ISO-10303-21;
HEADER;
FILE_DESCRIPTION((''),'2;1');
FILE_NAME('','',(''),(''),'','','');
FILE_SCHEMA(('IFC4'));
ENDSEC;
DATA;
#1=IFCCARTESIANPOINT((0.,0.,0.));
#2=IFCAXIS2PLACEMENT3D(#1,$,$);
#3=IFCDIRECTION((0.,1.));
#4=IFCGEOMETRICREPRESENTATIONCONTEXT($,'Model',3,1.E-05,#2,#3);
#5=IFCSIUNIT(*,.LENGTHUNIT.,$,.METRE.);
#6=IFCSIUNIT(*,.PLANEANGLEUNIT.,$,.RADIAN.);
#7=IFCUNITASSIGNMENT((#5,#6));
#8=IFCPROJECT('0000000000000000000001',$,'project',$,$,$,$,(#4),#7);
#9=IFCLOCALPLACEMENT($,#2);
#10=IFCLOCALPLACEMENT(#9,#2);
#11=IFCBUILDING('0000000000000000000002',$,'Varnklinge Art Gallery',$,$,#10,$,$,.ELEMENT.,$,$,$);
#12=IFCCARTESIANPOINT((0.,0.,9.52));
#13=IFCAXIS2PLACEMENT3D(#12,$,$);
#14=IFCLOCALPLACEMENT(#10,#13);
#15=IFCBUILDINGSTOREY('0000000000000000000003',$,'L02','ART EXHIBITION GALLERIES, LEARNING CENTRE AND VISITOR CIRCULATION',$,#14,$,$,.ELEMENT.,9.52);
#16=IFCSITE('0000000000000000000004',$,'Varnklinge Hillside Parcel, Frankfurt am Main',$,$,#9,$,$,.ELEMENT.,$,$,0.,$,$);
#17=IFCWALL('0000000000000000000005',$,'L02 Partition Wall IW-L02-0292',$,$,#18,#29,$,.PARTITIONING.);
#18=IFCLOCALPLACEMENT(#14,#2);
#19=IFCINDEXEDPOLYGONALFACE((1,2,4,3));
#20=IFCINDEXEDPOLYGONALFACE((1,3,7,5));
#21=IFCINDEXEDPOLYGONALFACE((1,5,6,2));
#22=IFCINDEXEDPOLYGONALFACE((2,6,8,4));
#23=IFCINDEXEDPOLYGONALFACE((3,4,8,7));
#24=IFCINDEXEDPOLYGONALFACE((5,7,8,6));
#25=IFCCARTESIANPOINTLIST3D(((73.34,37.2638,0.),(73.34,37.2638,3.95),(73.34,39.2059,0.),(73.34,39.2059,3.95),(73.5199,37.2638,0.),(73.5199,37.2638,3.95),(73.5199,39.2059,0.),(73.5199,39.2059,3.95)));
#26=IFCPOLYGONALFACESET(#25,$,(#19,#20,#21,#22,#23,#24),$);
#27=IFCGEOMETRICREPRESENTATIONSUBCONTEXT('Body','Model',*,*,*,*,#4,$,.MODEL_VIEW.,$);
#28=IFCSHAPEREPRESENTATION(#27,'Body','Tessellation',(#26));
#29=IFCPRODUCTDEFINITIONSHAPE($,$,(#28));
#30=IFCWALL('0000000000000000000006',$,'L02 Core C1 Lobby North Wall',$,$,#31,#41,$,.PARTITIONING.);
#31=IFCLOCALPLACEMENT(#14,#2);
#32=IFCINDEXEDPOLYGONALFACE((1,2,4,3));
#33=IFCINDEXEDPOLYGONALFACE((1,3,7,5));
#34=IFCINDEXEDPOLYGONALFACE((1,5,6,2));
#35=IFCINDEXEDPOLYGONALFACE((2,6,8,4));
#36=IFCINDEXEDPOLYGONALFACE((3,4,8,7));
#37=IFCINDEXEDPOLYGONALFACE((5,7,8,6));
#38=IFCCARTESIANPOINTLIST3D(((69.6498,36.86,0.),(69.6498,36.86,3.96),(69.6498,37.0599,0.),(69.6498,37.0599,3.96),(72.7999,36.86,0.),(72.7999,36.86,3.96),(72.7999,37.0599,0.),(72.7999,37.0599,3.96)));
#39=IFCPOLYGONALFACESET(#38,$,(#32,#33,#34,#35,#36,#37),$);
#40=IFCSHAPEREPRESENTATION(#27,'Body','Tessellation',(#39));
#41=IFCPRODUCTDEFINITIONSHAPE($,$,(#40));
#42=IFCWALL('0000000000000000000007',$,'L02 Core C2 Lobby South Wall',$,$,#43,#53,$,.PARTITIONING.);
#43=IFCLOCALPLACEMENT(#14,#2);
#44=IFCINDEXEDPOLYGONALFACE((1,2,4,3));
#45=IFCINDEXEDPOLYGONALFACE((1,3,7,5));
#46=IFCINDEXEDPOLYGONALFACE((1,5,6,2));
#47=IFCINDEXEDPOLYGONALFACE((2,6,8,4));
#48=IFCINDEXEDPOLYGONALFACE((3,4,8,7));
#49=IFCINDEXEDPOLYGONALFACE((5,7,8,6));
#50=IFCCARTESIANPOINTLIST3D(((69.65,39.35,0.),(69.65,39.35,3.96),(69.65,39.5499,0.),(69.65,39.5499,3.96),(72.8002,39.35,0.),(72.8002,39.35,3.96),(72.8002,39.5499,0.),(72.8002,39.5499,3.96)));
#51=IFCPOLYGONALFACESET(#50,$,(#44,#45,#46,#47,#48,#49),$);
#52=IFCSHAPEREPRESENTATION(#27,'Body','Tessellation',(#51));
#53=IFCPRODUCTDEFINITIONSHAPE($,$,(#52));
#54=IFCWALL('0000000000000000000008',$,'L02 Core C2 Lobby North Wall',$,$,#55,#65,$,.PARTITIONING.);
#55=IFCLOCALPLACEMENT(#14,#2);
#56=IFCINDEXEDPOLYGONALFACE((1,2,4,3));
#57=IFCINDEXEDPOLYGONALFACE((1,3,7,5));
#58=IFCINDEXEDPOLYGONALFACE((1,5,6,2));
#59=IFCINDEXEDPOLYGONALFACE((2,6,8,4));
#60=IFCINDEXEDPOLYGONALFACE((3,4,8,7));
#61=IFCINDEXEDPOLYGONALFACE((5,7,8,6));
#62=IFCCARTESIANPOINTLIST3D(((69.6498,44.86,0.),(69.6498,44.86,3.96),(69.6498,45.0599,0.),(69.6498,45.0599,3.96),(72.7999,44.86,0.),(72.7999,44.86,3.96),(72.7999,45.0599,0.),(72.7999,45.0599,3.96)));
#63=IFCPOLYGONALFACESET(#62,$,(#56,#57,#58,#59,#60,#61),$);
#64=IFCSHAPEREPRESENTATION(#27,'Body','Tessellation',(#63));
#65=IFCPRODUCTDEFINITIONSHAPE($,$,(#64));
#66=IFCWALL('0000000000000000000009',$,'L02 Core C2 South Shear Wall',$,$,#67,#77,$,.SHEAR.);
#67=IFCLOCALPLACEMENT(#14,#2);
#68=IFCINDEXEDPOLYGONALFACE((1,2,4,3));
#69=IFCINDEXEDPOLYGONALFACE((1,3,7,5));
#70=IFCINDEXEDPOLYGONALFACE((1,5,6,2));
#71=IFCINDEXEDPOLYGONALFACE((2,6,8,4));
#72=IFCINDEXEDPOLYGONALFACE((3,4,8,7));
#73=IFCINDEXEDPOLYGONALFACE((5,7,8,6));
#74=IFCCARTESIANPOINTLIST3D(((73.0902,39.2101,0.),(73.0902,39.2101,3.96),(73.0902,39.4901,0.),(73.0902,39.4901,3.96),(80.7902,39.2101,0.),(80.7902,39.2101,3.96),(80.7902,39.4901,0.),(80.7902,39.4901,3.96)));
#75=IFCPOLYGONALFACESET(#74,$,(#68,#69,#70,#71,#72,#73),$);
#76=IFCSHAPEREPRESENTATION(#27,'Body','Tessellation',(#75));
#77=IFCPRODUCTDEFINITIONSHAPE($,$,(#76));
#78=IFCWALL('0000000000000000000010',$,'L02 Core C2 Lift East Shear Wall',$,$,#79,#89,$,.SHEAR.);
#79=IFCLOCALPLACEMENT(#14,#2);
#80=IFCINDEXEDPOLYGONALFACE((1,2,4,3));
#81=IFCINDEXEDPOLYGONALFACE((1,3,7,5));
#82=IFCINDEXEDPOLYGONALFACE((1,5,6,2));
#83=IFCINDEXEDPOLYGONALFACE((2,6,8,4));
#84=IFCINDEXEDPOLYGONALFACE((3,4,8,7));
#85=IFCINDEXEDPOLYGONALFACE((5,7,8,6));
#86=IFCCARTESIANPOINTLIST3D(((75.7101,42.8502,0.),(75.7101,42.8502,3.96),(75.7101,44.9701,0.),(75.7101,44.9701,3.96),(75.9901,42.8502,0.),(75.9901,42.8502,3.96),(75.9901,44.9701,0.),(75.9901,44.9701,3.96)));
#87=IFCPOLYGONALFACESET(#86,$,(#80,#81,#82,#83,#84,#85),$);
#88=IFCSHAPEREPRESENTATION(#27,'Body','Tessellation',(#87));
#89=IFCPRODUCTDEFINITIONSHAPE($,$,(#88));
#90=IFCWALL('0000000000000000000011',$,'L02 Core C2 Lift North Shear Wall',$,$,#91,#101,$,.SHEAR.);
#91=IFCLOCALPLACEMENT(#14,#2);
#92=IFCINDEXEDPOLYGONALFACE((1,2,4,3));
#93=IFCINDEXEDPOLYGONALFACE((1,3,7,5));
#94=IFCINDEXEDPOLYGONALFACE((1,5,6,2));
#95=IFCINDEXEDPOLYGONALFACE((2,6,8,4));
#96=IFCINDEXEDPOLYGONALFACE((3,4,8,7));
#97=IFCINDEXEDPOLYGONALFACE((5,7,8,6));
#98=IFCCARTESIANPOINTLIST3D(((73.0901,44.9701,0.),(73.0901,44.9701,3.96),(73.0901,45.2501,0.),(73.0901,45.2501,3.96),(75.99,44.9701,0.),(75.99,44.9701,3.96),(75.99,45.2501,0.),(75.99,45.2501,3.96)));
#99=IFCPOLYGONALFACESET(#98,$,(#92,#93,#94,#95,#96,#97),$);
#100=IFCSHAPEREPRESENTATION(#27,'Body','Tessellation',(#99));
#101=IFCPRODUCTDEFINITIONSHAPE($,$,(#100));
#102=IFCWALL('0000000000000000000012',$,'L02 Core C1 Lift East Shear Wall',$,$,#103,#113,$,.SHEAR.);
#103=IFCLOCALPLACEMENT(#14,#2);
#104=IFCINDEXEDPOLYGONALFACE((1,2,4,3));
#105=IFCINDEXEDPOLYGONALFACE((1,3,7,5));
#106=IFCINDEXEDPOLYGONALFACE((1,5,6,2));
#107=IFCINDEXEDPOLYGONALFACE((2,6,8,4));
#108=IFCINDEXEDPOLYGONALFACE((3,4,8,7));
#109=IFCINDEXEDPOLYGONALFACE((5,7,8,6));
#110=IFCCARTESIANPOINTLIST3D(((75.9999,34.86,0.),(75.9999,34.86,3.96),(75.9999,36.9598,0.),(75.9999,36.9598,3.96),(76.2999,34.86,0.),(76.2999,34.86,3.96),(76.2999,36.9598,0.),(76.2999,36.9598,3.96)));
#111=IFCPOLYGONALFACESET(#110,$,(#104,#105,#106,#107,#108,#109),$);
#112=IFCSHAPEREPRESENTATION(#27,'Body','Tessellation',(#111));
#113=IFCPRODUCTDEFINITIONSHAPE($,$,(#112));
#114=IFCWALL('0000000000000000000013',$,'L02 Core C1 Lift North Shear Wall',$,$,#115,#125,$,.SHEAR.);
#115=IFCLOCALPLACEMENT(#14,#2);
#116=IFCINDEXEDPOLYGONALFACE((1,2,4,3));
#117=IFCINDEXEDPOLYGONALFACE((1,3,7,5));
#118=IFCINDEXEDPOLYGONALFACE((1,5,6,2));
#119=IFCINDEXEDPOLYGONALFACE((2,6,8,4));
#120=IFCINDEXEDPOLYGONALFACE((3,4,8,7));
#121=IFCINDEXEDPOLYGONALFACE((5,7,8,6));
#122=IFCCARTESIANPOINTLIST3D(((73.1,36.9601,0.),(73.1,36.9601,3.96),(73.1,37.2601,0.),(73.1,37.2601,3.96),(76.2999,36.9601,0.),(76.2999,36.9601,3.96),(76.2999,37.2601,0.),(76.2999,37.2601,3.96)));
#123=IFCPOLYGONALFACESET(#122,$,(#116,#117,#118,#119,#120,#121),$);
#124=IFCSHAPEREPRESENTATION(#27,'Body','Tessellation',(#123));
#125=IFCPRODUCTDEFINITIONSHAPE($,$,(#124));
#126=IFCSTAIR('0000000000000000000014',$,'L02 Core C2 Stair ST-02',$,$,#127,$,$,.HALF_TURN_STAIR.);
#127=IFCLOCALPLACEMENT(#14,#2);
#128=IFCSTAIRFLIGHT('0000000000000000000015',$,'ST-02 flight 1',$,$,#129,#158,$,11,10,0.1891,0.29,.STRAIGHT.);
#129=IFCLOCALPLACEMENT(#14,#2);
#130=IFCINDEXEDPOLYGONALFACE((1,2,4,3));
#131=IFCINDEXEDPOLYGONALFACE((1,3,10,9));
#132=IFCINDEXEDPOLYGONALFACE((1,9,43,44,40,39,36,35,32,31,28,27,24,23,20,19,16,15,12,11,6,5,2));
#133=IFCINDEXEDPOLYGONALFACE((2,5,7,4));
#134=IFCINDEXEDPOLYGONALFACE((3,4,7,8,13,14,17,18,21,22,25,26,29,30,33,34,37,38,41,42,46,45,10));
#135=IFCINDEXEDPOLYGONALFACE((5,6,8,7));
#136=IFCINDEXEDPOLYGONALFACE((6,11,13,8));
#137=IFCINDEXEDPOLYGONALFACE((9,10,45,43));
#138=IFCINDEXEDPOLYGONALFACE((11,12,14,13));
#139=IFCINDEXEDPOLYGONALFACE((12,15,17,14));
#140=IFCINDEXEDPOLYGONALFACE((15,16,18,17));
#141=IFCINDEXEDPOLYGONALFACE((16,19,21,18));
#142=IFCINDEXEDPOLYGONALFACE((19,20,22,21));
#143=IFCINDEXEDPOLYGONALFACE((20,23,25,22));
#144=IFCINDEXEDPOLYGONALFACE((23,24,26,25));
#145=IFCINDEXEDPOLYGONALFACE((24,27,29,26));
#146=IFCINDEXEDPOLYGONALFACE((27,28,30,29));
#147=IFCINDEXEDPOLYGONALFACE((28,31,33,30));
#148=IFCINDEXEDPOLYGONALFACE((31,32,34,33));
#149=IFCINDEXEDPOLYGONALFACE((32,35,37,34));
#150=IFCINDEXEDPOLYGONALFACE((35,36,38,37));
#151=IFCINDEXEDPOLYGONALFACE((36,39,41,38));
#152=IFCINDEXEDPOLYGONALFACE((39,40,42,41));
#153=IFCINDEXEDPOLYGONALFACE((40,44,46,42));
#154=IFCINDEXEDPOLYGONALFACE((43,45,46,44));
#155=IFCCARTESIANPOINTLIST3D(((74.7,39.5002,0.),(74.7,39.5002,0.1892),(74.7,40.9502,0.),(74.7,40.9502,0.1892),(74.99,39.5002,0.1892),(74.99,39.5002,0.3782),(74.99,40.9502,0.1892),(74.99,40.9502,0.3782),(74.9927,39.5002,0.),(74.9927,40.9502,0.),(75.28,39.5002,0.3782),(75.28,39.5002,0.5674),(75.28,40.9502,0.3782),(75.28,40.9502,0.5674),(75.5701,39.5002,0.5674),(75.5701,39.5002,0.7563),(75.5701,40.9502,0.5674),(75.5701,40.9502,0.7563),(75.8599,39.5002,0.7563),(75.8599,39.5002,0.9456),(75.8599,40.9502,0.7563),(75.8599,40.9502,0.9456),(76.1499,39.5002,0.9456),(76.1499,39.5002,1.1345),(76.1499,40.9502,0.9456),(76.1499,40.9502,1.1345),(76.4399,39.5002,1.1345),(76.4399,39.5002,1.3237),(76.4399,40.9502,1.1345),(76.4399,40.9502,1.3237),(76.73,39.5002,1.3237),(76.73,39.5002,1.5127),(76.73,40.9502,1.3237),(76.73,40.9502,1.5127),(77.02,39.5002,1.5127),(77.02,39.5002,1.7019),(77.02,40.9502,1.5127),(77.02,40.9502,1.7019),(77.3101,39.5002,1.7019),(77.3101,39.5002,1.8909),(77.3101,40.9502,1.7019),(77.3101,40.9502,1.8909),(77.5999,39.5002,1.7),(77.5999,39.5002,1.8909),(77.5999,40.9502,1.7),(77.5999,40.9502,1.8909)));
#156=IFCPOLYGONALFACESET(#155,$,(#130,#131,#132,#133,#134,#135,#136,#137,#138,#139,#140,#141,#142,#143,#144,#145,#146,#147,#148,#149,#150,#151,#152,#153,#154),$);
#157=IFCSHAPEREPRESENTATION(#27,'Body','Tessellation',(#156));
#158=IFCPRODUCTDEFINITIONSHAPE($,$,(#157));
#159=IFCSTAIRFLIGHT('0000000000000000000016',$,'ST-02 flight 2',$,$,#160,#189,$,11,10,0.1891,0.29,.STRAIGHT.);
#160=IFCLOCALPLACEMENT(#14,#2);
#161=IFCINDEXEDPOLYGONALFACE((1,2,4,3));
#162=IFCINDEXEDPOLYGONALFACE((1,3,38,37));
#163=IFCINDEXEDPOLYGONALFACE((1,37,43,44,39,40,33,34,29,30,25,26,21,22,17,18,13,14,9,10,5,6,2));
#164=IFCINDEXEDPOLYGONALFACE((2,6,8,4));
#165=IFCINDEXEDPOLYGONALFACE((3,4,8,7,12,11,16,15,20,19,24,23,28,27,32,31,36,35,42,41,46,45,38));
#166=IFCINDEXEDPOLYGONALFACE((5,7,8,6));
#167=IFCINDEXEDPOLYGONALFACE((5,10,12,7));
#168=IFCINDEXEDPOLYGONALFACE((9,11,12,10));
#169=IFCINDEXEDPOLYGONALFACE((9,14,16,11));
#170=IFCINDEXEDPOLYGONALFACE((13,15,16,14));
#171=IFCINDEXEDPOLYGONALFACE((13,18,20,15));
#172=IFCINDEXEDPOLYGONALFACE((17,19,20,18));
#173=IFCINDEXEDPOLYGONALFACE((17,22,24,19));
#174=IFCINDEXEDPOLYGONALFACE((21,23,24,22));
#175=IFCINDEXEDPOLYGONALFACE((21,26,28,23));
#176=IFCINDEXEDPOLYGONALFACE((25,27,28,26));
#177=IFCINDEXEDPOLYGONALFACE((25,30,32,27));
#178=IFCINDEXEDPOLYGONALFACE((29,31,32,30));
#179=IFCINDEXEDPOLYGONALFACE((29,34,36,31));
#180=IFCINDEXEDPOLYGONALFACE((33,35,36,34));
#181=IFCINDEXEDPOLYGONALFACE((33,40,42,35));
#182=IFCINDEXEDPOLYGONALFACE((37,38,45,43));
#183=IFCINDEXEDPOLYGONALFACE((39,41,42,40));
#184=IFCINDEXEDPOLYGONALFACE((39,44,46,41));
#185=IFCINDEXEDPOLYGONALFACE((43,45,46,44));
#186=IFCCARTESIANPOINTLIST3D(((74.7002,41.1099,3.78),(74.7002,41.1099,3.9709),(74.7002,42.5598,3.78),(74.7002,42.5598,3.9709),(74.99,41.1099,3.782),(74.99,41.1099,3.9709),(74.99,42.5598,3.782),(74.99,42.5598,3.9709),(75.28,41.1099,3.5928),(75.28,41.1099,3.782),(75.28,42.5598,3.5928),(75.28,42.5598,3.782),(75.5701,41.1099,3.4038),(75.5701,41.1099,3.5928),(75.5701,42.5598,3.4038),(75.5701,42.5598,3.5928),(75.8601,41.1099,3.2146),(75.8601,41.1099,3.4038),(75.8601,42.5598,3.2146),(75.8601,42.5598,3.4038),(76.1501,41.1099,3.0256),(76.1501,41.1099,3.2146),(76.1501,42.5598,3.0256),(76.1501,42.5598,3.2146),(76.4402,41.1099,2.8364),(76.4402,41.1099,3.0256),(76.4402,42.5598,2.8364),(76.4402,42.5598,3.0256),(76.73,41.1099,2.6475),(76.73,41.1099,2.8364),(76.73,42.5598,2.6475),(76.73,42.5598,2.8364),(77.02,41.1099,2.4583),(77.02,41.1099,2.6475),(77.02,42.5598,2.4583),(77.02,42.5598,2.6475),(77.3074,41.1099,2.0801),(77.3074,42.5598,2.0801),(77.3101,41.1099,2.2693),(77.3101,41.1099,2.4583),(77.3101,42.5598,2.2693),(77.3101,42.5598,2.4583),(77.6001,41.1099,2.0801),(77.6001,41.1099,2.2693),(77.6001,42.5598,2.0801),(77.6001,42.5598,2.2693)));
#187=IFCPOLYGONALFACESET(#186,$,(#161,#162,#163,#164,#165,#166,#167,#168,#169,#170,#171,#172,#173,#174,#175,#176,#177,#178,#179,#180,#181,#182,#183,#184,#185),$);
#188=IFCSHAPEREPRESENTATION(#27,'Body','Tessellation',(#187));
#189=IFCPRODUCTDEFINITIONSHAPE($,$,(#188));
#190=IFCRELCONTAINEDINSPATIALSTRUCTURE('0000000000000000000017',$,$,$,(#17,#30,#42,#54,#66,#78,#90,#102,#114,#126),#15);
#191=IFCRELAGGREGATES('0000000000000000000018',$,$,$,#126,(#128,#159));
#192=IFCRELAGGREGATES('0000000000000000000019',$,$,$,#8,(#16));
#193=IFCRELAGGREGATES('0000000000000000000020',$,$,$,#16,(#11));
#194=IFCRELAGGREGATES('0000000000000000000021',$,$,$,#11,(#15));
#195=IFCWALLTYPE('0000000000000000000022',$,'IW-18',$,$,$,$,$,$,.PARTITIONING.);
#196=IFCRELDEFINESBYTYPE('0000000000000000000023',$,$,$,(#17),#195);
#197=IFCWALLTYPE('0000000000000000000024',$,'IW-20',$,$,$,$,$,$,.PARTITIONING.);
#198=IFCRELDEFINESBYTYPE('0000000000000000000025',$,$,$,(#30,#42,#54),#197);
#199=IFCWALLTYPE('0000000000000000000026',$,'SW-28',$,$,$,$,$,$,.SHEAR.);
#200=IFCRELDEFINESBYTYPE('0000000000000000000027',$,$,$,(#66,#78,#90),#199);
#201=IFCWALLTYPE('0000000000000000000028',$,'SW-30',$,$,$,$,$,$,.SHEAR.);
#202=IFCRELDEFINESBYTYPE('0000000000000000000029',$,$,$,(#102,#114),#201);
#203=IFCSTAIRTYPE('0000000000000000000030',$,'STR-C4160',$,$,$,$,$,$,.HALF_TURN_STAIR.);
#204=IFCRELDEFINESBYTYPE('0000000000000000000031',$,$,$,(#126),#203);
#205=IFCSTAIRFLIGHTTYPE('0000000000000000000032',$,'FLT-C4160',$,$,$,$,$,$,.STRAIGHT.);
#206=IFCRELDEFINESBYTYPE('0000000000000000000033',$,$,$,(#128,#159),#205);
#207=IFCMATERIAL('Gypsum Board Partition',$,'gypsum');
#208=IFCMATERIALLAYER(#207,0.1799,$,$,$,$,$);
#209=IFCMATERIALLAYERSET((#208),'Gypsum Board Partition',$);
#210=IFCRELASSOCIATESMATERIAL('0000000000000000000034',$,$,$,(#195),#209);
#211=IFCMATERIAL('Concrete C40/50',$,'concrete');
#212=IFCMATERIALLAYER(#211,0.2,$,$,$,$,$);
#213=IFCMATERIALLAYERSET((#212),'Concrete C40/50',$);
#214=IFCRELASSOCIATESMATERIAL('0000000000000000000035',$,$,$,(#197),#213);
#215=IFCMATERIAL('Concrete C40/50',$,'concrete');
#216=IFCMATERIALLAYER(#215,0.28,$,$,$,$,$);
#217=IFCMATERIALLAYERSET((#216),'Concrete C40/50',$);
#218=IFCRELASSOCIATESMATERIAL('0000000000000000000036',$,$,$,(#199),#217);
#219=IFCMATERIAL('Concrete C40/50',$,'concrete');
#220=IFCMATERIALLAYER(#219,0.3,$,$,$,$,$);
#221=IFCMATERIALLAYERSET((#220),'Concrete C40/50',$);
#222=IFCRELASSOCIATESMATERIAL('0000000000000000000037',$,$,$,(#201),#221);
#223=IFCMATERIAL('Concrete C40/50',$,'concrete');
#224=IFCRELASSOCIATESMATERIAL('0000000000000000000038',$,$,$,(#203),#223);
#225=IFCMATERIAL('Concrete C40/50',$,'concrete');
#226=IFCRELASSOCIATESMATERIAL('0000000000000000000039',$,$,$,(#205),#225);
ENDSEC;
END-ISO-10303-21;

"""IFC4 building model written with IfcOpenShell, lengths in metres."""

from ifc_helpers import new_model, si_unit, direction, frame, frame_2d, origin, place, context, subcontext, project, spatial, polyline, rectangle, outline, extrude, material, layer, layer_set, type_object, element, aggregate, save


model = new_model("IFC4")

# Units and contexts
model_context = context("Model", 3, precision=1e-05, world=origin(), true_north=direction((0.0, 1.0)))
body_context = subcontext(model_context, "Body", "Model", "MODEL_VIEW")
ifc_project = project(units=[si_unit("LENGTHUNIT", "METRE"), si_unit("PLANEANGLEUNIT", "RADIAN")], contexts=[model_context])

# Site, building, storey
site_placement = place(None, origin())
site = spatial("IfcSite", under=ifc_project, at=site_placement, Name="Varnklinge Hillside Parcel, Frankfurt am Main", CompositionType="ELEMENT", RefElevation=0.0)
building_placement = place(site_placement, origin())
building = spatial("IfcBuilding", under=site, at=building_placement, Name="Varnklinge Art Gallery", CompositionType="ELEMENT")
storey_placement = place(building_placement, frame((0.0, 0.0, 9.52)))
storey = spatial("IfcBuildingStorey", under=building, at=storey_placement, Name="L02", Description="ART EXHIBITION GALLERIES, LEARNING CENTRE AND VISITOR CIRCULATION", CompositionType="ELEMENT", Elevation=9.52)

# Walls
ifc_material_1 = material(Name="Gypsum Board Partition", Category="gypsum")
ifc_layer_1 = layer(ifc_material_1, 0.1799)
ifc_layer_set_1 = layer_set([ifc_layer_1], Name="Gypsum Board Partition")
wall_type_1 = type_object("IfcWallType", Name="IW-18", PredefinedType="PARTITIONING", material=ifc_layer_set_1)
wall_1_placement = place(storey_placement, frame((73.4299, 39.2061, 0.0), z_axis=(0.0, 0.0, 1.0), x_axis=(0.0, -1.0, 0.0)))
element("IfcWall", 1, at=wall_1_placement, inside=storey, type_object=wall_type_1, Name="L02 Partition Wall IW-L02-0292", PredefinedType="PARTITIONING", context=body_context, shape_type="SweptSolid", body=[
    extrude(rectangle(XDim=1.9421, YDim=0.1799, at=frame_2d((0.9712, 0.0))), origin(), (0.0, 0.0, 1.0), 3.95),
])
ifc_material_2 = material(Name="Concrete C40/50", Category="concrete")
ifc_layer_2 = layer(ifc_material_2, 0.2)
ifc_layer_set_2 = layer_set([ifc_layer_2], Name="Concrete C40/50")
wall_type_2 = type_object("IfcWallType", Name="IW-20", PredefinedType="PARTITIONING", material=ifc_layer_set_2)
for number, where, z_axis, x_axis, name in (
    (2, (72.8, 36.96, 0.0), (0.0, 0.0, 1.0), (-1.0, 0.0, 0.0), "L02 Core C1 Lobby North Wall"),
    (3, (69.6499, 39.45, 0.0), (0.0, 0.0, 1.0), (1.0, 0.0, 0.0), "L02 Core C2 Lobby South Wall"),
    (4, (72.8, 44.96, 0.0), (0.0, 0.0, 1.0), (-1.0, 0.0, 0.0), "L02 Core C2 Lobby North Wall"),
):
    element("IfcWall", number, at=place(storey_placement, frame(where, z_axis=z_axis, x_axis=x_axis)), inside=storey, type_object=wall_type_2, Name=name, PredefinedType="PARTITIONING", context=body_context, shape_type="SweptSolid", body=[
        extrude(rectangle(XDim=3.1501, YDim=0.2, at=frame_2d((1.5752, 0.0))), origin(), (0.0, 0.0, 1.0), 3.96),
    ])
ifc_material_3 = material(Name="Concrete C40/50", Category="concrete")
ifc_layer_3 = layer(ifc_material_3, 0.28)
ifc_layer_set_3 = layer_set([ifc_layer_3], Name="Concrete C40/50")
wall_type_3 = type_object("IfcWallType", Name="SW-28", PredefinedType="SHEAR", material=ifc_layer_set_3)
wall_2_placement = place(storey_placement, frame((73.0901, 39.3501, 0.0), z_axis=(0.0, 0.0, 1.0), x_axis=(1.0, 0.0, 0.0)))
element("IfcWall", 5, at=wall_2_placement, inside=storey, type_object=wall_type_3, Name="L02 Core C2 South Shear Wall", PredefinedType="SHEAR", context=body_context, shape_type="SweptSolid", body=[
    extrude(rectangle(XDim=7.7, YDim=0.28, at=frame_2d((3.8501, 0.0))), origin(), (0.0, 0.0, 1.0), 3.96),
])
wall_3_placement = place(storey_placement, frame((75.8501, 42.8501, 0.0), z_axis=(0.0, 0.0, 1.0), x_axis=(0.0, 1.0, 0.0)))
element("IfcWall", 6, at=wall_3_placement, inside=storey, type_object=wall_type_3, Name="L02 Core C2 Lift East Shear Wall", PredefinedType="SHEAR", context=body_context, shape_type="SweptSolid", body=[
    extrude(rectangle(XDim=2.1199, YDim=0.28, at=frame_2d((1.0601, 0.0))), origin(), (0.0, 0.0, 1.0), 3.96),
])
wall_4_placement = place(storey_placement, frame((75.99, 45.1101, 0.0), z_axis=(0.0, 0.0, 1.0), x_axis=(-1.0, 0.0, 0.0)))
element("IfcWall", 7, at=wall_4_placement, inside=storey, type_object=wall_type_3, Name="L02 Core C2 Lift North Shear Wall", PredefinedType="SHEAR", context=body_context, shape_type="SweptSolid", body=[
    extrude(rectangle(XDim=2.8999, YDim=0.28, at=frame_2d((1.45, 0.0))), origin(), (0.0, 0.0, 1.0), 3.96),
])

# Walls
ifc_material_4 = material(Name="Concrete C40/50", Category="concrete")
ifc_layer_4 = layer(ifc_material_4, 0.3)
ifc_layer_set_4 = layer_set([ifc_layer_4], Name="Concrete C40/50")
wall_type_4 = type_object("IfcWallType", Name="SW-30", PredefinedType="SHEAR", material=ifc_layer_set_4)
wall_5_placement = place(storey_placement, frame((76.1499, 34.8601, 0.0), z_axis=(0.0, 0.0, 1.0), x_axis=(0.0, 1.0, 0.0)))
element("IfcWall", 8, at=wall_5_placement, inside=storey, type_object=wall_type_4, Name="L02 Core C1 Lift East Shear Wall", PredefinedType="SHEAR", context=body_context, shape_type="SweptSolid", body=[
    extrude(rectangle(XDim=2.0999, YDim=0.3, at=frame_2d((1.0498, 0.0))), origin(), (0.0, 0.0, 1.0), 3.96),
])
wall_6_placement = place(storey_placement, frame((76.3, 37.1101, 0.0), z_axis=(0.0, 0.0, 1.0), x_axis=(-1.0, 0.0, 0.0)))
element("IfcWall", 9, at=wall_6_placement, inside=storey, type_object=wall_type_4, Name="L02 Core C1 Lift North Shear Wall", PredefinedType="SHEAR", context=body_context, shape_type="SweptSolid", body=[
    extrude(rectangle(XDim=3.2, YDim=0.3, at=frame_2d((1.6001, 0.0))), origin(), (0.0, 0.0, 1.0), 3.96),
])

# Stair, stair flights
ifc_material_5 = material(Name="Concrete C40/50", Category="concrete")
stair_type = type_object("IfcStairType", Name="STR-C4160", PredefinedType="HALF_TURN_STAIR", material=ifc_material_5)
stair_placement = place(storey_placement, origin())
stair = element("IfcStair", 10, at=stair_placement, inside=storey, type_object=stair_type, Name="L02 Core C2 Stair ST-02", PredefinedType="HALF_TURN_STAIR")
ifc_material_6 = material(Name="Concrete C40/50", Category="concrete")
stair_flight_type = type_object("IfcStairFlightType", Name="FLT-C4160", PredefinedType="STRAIGHT", material=ifc_material_6)
stair_flight_1_placement = place(storey_placement, frame((74.7, 40.2251, 0.0), z_axis=(0.0, 0.0, 1.0), x_axis=(1.0, 0.0, 0.0)))
stair_flight_1 = element("IfcStairFlight", 11, at=stair_flight_1_placement, type_object=stair_flight_type, Name="ST-02 flight 1", NumberOfRisers=11, NumberOfTreads=10, PredefinedType="STRAIGHT", RiserHeight=0.1891, TreadLength=0.29, context=body_context, shape_type="SweptSolid", body=[
    extrude(outline(polyline([(0.0, 0.0), (0.0, 0.1892), (0.29, 0.1892), (0.29, 0.3782), (0.5801, 0.3782), (0.5801, 0.5674), (0.8701, 0.5674), (0.8701, 0.7563), (1.1599, 0.7563), (1.1599, 0.9456), (1.45, 0.9456), (1.45, 1.1345), (1.74, 1.1345), (1.74, 1.3237), (2.03, 1.3237), (2.03, 1.5127), (2.3201, 1.5127), (2.3201, 1.7019), (2.6101, 1.7019), (2.6101, 1.8909), (2.8999, 1.8909), (2.8999, 2.0801), (2.8999, 1.7), (0.2927, 0.0), (0.0, 0.0)])), frame((0.0, 0.7251, 0.0), z_axis=(0.0, -1.0, 0.0), x_axis=(1.0, 0.0, 0.0)), (0.0, 0.0, 1.0), 1.45),
])
stair_flight_2_placement = place(storey_placement, frame((77.6001, 41.835, 2.0801), z_axis=(0.0, 0.0, 1.0), x_axis=(-1.0, 0.0, 0.0)))
stair_flight_2 = element("IfcStairFlight", 12, at=stair_flight_2_placement, type_object=stair_flight_type, Name="ST-02 flight 2", NumberOfRisers=11, NumberOfTreads=10, PredefinedType="STRAIGHT", RiserHeight=0.1891, TreadLength=0.29, context=body_context, shape_type="SweptSolid", body=[
    extrude(outline(polyline([(0.0, 0.0), (0.0, 0.1892), (0.29, 0.1892), (0.29, 0.3782), (0.5801, 0.3782), (0.5801, 0.5674), (0.8701, 0.5674), (0.8701, 0.7563), (1.1599, 0.7563), (1.1599, 0.9456), (1.45, 0.9456), (1.45, 1.1345), (1.74, 1.1345), (1.74, 1.3237), (2.03, 1.3237), (2.03, 1.5127), (2.3201, 1.5127), (2.3201, 1.7019), (2.6101, 1.7019), (2.6101, 1.8909), (2.8999, 1.8909), (2.8999, 2.0801), (2.8999, 1.7), (0.2927, 0.0), (0.0, 0.0)])), frame((0.0, 0.7251, 0.0), z_axis=(0.0, -1.0, 0.0), x_axis=(1.0, 0.0, 0.0)), (0.0, 0.0, 1.0), 1.45),
])
aggregate(stair, [stair_flight_1, stair_flight_2])

save(model, "model.ifc")
